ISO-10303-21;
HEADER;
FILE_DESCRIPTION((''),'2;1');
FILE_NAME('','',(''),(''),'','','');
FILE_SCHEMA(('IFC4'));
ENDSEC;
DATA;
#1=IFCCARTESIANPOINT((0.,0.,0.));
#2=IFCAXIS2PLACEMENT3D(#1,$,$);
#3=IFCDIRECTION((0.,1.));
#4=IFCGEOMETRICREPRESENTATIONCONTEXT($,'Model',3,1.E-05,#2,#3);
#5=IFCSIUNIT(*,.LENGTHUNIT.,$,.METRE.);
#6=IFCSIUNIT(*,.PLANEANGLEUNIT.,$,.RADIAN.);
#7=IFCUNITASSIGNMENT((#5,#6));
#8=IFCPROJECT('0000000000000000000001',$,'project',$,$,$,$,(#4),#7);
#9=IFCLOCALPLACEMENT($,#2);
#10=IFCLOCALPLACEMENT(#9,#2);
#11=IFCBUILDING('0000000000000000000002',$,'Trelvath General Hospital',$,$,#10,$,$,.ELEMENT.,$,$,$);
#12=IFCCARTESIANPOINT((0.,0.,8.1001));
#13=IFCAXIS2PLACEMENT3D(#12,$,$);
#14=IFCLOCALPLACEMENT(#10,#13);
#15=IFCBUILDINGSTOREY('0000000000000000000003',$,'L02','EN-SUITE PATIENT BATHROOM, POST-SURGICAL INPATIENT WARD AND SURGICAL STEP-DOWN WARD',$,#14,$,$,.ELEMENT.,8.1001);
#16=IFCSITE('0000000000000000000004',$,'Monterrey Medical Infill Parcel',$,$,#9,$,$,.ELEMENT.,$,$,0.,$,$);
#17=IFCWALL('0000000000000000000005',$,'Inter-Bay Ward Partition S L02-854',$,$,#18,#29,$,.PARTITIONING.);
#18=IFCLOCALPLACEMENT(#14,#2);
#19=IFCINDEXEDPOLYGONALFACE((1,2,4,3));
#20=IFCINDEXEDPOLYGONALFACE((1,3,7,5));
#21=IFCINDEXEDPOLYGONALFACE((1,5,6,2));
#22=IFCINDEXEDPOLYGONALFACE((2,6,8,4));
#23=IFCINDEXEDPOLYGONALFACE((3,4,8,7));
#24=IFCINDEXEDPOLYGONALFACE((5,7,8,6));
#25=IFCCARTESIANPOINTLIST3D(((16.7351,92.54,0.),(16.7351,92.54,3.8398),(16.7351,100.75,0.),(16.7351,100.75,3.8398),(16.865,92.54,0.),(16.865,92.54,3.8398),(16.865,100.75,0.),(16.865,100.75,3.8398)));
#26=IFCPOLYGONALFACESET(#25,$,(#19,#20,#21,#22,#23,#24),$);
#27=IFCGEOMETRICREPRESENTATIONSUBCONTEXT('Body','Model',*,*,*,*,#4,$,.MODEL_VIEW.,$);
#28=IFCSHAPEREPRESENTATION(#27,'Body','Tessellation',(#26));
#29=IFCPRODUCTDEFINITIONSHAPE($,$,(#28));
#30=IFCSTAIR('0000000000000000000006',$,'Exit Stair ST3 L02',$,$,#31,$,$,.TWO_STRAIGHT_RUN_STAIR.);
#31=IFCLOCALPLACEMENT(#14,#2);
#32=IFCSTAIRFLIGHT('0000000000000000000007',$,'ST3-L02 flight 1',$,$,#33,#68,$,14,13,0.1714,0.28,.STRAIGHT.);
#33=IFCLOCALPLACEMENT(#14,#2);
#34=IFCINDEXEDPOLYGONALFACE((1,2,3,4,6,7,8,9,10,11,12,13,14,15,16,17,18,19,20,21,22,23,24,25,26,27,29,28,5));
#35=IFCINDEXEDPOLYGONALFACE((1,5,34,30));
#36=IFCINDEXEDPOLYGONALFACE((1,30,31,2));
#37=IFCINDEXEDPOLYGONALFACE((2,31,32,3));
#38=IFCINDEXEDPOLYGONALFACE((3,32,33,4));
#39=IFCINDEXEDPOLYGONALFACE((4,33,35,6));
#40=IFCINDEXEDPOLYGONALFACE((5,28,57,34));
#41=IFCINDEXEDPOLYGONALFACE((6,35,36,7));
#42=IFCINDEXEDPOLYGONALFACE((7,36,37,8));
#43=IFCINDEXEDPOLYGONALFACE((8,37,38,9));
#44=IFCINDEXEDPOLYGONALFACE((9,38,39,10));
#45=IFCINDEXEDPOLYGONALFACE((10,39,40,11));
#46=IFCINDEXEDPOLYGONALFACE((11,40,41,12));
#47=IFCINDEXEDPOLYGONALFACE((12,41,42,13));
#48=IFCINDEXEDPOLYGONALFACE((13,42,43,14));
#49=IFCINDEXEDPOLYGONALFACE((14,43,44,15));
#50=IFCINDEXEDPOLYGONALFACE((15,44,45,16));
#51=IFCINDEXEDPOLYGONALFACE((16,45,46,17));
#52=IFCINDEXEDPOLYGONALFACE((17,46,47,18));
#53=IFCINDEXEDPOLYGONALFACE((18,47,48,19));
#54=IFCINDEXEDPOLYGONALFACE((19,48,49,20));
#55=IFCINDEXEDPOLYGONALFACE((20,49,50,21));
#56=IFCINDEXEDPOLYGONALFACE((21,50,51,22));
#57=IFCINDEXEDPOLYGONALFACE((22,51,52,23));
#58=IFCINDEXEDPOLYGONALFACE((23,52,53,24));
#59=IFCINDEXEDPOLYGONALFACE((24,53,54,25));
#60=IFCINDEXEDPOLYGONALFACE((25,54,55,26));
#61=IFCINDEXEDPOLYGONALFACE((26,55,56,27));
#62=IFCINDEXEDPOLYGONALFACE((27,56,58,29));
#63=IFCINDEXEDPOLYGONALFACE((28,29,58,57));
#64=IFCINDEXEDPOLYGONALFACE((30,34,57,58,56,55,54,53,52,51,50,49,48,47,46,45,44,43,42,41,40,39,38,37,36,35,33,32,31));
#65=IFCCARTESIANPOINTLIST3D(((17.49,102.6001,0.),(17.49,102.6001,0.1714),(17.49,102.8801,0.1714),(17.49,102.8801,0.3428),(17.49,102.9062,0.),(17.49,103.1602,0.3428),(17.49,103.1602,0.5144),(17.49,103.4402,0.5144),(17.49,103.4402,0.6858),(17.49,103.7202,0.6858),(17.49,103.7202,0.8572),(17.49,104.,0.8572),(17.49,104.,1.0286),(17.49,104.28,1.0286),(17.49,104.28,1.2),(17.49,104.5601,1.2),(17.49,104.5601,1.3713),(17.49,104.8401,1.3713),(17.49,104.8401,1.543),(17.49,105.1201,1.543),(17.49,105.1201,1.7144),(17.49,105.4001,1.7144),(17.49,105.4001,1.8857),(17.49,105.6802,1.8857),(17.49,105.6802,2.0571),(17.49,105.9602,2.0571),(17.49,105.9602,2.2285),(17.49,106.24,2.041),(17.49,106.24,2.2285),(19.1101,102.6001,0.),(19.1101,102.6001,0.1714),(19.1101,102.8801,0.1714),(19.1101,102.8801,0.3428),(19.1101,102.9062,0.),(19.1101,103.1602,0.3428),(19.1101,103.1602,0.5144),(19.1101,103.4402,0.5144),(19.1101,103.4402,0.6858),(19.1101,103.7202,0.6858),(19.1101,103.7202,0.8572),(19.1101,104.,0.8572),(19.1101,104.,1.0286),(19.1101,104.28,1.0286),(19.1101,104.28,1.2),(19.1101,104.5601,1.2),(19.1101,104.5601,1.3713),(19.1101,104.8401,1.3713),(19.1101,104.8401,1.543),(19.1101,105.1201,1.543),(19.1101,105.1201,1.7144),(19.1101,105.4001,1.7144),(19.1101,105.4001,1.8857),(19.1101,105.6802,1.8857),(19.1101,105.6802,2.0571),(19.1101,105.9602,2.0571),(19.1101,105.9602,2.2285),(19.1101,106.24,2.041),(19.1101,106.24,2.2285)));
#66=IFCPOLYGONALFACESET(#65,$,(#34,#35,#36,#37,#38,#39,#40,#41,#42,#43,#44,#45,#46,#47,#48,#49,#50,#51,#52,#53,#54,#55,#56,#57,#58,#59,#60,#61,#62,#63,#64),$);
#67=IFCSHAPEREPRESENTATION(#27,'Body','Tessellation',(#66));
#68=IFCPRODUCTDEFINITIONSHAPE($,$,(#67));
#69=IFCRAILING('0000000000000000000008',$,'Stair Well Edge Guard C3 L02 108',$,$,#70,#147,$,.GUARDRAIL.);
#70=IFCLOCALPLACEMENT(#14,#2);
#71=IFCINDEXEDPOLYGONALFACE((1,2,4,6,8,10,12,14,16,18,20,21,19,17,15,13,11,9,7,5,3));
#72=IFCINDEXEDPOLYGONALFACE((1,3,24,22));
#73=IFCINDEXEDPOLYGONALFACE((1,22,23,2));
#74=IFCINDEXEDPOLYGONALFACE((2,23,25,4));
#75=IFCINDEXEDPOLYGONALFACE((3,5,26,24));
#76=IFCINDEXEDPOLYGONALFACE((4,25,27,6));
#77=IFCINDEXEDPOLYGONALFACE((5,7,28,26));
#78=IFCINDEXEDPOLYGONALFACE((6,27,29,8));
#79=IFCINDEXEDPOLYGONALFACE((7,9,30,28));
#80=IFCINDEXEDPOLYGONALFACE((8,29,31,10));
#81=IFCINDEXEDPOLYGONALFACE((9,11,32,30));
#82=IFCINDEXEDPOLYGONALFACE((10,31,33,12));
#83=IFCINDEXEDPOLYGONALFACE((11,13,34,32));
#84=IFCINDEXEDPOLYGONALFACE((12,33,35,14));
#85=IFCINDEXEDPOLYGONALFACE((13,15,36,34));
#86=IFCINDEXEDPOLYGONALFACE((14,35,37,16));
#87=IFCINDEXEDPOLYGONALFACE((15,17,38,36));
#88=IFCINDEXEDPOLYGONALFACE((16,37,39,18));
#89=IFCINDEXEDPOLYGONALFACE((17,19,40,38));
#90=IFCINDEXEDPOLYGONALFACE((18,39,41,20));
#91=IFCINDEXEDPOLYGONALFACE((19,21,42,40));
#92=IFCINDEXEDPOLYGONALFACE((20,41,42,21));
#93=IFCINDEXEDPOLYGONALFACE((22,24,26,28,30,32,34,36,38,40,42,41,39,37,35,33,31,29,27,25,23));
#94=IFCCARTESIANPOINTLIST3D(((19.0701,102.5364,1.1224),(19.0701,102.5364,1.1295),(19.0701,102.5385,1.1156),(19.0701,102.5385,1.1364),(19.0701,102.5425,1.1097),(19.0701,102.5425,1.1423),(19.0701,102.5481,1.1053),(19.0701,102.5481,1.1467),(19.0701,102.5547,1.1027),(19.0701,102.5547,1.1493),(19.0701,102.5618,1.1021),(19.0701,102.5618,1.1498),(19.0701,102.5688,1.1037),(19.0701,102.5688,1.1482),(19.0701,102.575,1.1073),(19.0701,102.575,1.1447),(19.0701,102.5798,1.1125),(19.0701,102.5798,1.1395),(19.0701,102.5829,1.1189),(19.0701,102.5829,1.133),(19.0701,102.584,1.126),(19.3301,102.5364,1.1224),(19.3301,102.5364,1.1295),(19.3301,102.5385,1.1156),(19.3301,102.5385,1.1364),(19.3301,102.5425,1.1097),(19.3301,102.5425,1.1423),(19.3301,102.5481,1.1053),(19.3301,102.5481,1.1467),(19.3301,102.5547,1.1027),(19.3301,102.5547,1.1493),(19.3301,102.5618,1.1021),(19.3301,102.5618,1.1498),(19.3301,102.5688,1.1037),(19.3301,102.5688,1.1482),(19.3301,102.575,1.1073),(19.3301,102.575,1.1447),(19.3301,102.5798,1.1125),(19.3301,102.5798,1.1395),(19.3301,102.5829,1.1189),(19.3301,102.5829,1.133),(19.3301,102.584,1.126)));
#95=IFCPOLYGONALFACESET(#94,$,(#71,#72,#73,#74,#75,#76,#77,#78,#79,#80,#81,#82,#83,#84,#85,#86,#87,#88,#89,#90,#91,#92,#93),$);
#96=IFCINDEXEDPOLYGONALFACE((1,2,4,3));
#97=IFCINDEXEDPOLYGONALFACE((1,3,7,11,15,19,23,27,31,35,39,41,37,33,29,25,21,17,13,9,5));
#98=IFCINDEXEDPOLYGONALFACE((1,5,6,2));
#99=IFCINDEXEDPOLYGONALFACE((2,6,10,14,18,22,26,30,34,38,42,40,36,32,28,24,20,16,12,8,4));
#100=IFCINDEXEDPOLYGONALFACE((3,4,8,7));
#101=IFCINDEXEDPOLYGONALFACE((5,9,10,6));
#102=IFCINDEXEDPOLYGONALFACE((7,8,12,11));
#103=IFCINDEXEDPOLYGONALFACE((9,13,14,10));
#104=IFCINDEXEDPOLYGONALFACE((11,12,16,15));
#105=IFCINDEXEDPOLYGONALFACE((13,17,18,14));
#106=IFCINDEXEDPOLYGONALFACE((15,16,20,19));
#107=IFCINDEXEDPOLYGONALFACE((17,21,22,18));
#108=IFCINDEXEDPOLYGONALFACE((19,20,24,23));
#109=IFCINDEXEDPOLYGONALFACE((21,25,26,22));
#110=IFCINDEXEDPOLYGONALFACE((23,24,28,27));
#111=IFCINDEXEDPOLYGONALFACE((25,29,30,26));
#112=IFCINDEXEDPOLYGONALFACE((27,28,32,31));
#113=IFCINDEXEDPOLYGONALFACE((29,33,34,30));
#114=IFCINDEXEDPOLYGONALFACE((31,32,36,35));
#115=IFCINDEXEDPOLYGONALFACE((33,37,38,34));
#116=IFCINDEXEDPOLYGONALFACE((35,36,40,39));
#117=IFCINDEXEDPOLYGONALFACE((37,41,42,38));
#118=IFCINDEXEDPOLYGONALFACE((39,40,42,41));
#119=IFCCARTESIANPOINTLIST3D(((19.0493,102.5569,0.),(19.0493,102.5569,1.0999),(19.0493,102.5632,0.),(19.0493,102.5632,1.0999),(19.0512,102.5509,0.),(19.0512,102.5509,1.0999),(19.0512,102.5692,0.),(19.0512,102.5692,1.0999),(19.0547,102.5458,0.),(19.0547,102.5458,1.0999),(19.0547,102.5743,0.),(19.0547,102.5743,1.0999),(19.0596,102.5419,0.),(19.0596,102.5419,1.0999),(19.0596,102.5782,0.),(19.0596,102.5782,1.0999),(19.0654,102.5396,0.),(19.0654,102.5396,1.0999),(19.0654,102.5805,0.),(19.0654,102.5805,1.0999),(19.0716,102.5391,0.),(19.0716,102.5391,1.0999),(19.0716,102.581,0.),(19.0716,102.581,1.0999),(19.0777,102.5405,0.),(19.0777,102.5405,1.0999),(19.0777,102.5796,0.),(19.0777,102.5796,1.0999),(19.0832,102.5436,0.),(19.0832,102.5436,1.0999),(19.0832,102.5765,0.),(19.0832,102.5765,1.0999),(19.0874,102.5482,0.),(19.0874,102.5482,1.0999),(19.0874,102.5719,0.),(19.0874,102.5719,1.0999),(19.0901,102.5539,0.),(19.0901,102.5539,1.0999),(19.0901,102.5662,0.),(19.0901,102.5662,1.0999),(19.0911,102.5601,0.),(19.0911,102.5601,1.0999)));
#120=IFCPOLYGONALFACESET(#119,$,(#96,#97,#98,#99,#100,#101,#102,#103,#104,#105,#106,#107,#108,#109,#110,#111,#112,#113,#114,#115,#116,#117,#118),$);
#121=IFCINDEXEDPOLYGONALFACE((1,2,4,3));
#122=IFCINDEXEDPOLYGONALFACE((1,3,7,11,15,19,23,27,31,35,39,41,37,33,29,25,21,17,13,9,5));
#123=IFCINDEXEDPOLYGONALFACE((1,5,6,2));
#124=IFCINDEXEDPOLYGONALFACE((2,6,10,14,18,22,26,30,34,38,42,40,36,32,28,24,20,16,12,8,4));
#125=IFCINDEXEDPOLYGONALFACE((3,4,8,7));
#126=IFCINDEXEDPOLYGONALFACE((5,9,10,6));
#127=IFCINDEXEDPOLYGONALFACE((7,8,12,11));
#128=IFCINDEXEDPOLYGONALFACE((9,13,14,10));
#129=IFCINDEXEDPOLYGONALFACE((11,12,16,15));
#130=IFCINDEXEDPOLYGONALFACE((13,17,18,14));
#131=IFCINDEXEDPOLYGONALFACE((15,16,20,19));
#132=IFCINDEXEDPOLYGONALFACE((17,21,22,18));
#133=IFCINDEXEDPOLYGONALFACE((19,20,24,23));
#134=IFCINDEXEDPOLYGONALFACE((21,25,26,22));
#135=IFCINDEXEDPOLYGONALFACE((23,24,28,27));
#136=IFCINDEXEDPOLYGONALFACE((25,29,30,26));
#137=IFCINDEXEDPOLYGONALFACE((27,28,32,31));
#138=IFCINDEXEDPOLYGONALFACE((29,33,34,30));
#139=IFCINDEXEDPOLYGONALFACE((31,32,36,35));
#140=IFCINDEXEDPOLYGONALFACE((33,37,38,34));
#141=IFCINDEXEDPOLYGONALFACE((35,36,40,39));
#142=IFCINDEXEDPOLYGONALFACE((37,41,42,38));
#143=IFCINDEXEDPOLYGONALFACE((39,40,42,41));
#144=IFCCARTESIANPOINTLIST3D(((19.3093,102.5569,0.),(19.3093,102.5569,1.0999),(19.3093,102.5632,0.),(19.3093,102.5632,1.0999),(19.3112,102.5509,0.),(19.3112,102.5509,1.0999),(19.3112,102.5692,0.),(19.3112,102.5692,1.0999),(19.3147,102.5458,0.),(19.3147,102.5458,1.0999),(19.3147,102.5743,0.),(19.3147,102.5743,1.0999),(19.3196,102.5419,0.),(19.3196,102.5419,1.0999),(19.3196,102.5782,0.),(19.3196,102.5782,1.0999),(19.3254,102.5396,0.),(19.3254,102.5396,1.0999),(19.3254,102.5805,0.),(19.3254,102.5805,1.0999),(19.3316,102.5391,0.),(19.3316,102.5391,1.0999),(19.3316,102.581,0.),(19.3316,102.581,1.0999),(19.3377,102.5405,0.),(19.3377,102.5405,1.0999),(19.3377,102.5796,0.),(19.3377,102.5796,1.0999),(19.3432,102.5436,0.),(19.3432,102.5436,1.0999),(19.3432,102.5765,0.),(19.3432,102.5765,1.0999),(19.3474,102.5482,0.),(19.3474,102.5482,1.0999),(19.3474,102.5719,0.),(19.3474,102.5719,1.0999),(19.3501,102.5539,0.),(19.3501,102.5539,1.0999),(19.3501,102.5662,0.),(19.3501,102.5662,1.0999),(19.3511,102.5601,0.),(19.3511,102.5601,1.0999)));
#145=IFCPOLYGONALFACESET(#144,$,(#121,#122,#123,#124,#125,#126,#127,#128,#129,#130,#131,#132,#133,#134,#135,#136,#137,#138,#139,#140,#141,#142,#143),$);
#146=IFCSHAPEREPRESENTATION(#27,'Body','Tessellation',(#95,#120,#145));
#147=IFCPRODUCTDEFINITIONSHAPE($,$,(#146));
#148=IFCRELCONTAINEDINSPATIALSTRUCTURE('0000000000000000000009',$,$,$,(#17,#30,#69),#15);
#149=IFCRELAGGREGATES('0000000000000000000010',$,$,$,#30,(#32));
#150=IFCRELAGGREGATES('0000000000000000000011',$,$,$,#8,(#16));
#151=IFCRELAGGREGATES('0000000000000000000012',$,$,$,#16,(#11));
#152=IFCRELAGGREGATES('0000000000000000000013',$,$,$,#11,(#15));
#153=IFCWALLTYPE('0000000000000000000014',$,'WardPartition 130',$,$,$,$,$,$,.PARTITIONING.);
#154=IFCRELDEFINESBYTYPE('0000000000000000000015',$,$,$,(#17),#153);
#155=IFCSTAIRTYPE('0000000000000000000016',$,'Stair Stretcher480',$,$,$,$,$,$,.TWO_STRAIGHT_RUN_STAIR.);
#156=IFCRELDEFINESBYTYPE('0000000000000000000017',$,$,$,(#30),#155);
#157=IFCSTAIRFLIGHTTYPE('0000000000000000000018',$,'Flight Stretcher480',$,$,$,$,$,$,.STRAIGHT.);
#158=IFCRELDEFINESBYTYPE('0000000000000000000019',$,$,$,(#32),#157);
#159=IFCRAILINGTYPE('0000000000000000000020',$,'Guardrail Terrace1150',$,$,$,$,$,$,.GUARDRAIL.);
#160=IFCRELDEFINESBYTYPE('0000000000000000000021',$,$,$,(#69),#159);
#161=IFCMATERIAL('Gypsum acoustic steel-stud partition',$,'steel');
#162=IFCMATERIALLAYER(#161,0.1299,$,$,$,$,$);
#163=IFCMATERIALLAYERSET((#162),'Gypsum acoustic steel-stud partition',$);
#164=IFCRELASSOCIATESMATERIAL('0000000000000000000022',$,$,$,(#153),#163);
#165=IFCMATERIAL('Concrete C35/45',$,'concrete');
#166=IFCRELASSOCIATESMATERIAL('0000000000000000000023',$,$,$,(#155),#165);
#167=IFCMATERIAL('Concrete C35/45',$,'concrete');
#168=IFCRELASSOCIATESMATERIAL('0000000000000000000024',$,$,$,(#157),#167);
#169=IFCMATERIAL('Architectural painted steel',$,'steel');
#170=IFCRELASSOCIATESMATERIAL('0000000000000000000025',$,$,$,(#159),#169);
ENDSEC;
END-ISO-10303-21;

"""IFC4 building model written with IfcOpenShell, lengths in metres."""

from ifc_helpers import new_model, si_unit, direction, frame, frame_2d, origin, origin_2d, place, context, subcontext, project, spatial, polyline, rectangle, circle, outline, extrude, material, layer, layer_set, type_object, element, aggregate, save


model = new_model("IFC4")

# Units and contexts
model_context = context("Model", 3, precision=1e-05, world=origin(), true_north=direction((0.0, 1.0)))
body_context = subcontext(model_context, "Body", "Model", "MODEL_VIEW")
ifc_project = project(units=[si_unit("LENGTHUNIT", "METRE"), si_unit("PLANEANGLEUNIT", "RADIAN")], contexts=[model_context])

# Site, building, storey
site_placement = place(None, origin())
site = spatial("IfcSite", under=ifc_project, at=site_placement, Name="Monterrey Medical Infill Parcel", CompositionType="ELEMENT", RefElevation=0.0)
building_placement = place(site_placement, origin())
building = spatial("IfcBuilding", under=site, at=building_placement, Name="Trelvath General Hospital", CompositionType="ELEMENT")
storey_placement = place(building_placement, frame((0.0, 0.0, 8.1001)))
storey = spatial("IfcBuildingStorey", under=building, at=storey_placement, Name="L02", Description="EN-SUITE PATIENT BATHROOM, POST-SURGICAL INPATIENT WARD AND SURGICAL STEP-DOWN WARD", CompositionType="ELEMENT", Elevation=8.1001)

# Wall
ifc_material_1 = material(Name="Gypsum acoustic steel-stud partition", Category="steel")
ifc_layer_1 = layer(ifc_material_1, 0.1299)
ifc_layer_set_1 = layer_set([ifc_layer_1], Name="Gypsum acoustic steel-stud partition")
wall_type_1 = type_object("IfcWallType", Name="WardPartition 130", PredefinedType="PARTITIONING", material=ifc_layer_set_1)
wall_1_placement = place(storey_placement, frame((16.8, 92.54, 0.0), z_axis=(0.0, 0.0, 1.0), x_axis=(0.0, 1.0, 0.0)))
element("IfcWall", 1, at=wall_1_placement, inside=storey, type_object=wall_type_1, Name="Inter-Bay Ward Partition S L02-854", PredefinedType="PARTITIONING", context=body_context, shape_type="SweptSolid", body=[
    extrude(rectangle(XDim=8.21, YDim=0.1299, at=frame_2d((4.105, 0.0))), origin(), (0.0, 0.0, 1.0), 3.8398),
])

# Stair, stair flight
ifc_material_2 = material(Name="Concrete C35/45", Category="concrete")
stair_type = type_object("IfcStairType", Name="Stair Stretcher480", PredefinedType="TWO_STRAIGHT_RUN_STAIR", material=ifc_material_2)
stair_placement = place(storey_placement, origin())
stair = element("IfcStair", 2, at=stair_placement, inside=storey, type_object=stair_type, Name="Exit Stair ST3 L02", PredefinedType="TWO_STRAIGHT_RUN_STAIR")
ifc_material_3 = material(Name="Concrete C35/45", Category="concrete")
stair_flight_type = type_object("IfcStairFlightType", Name="Flight Stretcher480", PredefinedType="STRAIGHT", material=ifc_material_3)
stair_flight_placement = place(storey_placement, frame((18.3, 102.6001, 0.0), z_axis=(0.0, 0.0, 1.0), x_axis=(0.0, 1.0, 0.0)))
stair_flight = element("IfcStairFlight", 3, at=stair_flight_placement, type_object=stair_flight_type, Name="ST3-L02 flight 1", NumberOfRisers=14, NumberOfTreads=13, PredefinedType="STRAIGHT", RiserHeight=0.1714, TreadLength=0.28, context=body_context, shape_type="SweptSolid", body=[
    extrude(outline(polyline([(0.0, 0.0), (0.0, 0.1714), (0.28, 0.1714), (0.28, 0.3428), (0.5601, 0.3428), (0.5601, 0.5144), (0.8401, 0.5144), (0.8401, 0.6858), (1.1201, 0.6858), (1.1201, 0.8572), (1.3999, 0.8572), (1.3999, 1.0286), (1.6799, 1.0286), (1.6799, 1.2), (1.96, 1.2), (1.96, 1.3713), (2.24, 1.3713), (2.24, 1.543), (2.52, 1.543), (2.52, 1.7144), (2.8, 1.7144), (2.8, 1.8857), (3.0801, 1.8857), (3.0801, 2.0571), (3.3601, 2.0571), (3.3601, 2.2285), (3.6399, 2.2285), (3.6399, 2.3999), (3.6399, 2.041), (0.3062, 0.0), (0.0, 0.0)])), frame((0.0, 0.8101, 0.0), z_axis=(0.0, -1.0, 0.0), x_axis=(1.0, 0.0, 0.0)), (0.0, 0.0, 1.0), 1.6201),
])
aggregate(stair, [stair_flight])

# Railing
ifc_material_4 = material(Name="Architectural painted steel", Category="steel")
railing_type_1 = type_object("IfcRailingType", Name="Guardrail Terrace1150", PredefinedType="GUARDRAIL", material=ifc_material_4)
railing_1_placement = place(storey_placement, frame((19.0701, 102.5601, 0.0)))
element("IfcRailing", 4, at=railing_1_placement, inside=storey, type_object=railing_type_1, Name="Stair Well Edge Guard C3 L02 108", PredefinedType="GUARDRAIL", context=body_context, shape_type="SweptSolid", body=[
    extrude(circle(Radius=0.0239, at=origin_2d()), frame((0.0, 0.0, 1.126), z_axis=(1.0, 0.0, 0.0), x_axis=(0.0, 1.0, 0.0)), (0.0, 0.0, 1.0), 0.26),
    extrude(circle(Radius=0.021, at=origin_2d()), origin(), (0.0, 0.0, 1.0), 1.0999),
    extrude(circle(Radius=0.021, at=origin_2d()), frame((0.26, 0.0, 0.0)), (0.0, 0.0, 1.0), 1.0999),
])

save(model, "model.ifc")
